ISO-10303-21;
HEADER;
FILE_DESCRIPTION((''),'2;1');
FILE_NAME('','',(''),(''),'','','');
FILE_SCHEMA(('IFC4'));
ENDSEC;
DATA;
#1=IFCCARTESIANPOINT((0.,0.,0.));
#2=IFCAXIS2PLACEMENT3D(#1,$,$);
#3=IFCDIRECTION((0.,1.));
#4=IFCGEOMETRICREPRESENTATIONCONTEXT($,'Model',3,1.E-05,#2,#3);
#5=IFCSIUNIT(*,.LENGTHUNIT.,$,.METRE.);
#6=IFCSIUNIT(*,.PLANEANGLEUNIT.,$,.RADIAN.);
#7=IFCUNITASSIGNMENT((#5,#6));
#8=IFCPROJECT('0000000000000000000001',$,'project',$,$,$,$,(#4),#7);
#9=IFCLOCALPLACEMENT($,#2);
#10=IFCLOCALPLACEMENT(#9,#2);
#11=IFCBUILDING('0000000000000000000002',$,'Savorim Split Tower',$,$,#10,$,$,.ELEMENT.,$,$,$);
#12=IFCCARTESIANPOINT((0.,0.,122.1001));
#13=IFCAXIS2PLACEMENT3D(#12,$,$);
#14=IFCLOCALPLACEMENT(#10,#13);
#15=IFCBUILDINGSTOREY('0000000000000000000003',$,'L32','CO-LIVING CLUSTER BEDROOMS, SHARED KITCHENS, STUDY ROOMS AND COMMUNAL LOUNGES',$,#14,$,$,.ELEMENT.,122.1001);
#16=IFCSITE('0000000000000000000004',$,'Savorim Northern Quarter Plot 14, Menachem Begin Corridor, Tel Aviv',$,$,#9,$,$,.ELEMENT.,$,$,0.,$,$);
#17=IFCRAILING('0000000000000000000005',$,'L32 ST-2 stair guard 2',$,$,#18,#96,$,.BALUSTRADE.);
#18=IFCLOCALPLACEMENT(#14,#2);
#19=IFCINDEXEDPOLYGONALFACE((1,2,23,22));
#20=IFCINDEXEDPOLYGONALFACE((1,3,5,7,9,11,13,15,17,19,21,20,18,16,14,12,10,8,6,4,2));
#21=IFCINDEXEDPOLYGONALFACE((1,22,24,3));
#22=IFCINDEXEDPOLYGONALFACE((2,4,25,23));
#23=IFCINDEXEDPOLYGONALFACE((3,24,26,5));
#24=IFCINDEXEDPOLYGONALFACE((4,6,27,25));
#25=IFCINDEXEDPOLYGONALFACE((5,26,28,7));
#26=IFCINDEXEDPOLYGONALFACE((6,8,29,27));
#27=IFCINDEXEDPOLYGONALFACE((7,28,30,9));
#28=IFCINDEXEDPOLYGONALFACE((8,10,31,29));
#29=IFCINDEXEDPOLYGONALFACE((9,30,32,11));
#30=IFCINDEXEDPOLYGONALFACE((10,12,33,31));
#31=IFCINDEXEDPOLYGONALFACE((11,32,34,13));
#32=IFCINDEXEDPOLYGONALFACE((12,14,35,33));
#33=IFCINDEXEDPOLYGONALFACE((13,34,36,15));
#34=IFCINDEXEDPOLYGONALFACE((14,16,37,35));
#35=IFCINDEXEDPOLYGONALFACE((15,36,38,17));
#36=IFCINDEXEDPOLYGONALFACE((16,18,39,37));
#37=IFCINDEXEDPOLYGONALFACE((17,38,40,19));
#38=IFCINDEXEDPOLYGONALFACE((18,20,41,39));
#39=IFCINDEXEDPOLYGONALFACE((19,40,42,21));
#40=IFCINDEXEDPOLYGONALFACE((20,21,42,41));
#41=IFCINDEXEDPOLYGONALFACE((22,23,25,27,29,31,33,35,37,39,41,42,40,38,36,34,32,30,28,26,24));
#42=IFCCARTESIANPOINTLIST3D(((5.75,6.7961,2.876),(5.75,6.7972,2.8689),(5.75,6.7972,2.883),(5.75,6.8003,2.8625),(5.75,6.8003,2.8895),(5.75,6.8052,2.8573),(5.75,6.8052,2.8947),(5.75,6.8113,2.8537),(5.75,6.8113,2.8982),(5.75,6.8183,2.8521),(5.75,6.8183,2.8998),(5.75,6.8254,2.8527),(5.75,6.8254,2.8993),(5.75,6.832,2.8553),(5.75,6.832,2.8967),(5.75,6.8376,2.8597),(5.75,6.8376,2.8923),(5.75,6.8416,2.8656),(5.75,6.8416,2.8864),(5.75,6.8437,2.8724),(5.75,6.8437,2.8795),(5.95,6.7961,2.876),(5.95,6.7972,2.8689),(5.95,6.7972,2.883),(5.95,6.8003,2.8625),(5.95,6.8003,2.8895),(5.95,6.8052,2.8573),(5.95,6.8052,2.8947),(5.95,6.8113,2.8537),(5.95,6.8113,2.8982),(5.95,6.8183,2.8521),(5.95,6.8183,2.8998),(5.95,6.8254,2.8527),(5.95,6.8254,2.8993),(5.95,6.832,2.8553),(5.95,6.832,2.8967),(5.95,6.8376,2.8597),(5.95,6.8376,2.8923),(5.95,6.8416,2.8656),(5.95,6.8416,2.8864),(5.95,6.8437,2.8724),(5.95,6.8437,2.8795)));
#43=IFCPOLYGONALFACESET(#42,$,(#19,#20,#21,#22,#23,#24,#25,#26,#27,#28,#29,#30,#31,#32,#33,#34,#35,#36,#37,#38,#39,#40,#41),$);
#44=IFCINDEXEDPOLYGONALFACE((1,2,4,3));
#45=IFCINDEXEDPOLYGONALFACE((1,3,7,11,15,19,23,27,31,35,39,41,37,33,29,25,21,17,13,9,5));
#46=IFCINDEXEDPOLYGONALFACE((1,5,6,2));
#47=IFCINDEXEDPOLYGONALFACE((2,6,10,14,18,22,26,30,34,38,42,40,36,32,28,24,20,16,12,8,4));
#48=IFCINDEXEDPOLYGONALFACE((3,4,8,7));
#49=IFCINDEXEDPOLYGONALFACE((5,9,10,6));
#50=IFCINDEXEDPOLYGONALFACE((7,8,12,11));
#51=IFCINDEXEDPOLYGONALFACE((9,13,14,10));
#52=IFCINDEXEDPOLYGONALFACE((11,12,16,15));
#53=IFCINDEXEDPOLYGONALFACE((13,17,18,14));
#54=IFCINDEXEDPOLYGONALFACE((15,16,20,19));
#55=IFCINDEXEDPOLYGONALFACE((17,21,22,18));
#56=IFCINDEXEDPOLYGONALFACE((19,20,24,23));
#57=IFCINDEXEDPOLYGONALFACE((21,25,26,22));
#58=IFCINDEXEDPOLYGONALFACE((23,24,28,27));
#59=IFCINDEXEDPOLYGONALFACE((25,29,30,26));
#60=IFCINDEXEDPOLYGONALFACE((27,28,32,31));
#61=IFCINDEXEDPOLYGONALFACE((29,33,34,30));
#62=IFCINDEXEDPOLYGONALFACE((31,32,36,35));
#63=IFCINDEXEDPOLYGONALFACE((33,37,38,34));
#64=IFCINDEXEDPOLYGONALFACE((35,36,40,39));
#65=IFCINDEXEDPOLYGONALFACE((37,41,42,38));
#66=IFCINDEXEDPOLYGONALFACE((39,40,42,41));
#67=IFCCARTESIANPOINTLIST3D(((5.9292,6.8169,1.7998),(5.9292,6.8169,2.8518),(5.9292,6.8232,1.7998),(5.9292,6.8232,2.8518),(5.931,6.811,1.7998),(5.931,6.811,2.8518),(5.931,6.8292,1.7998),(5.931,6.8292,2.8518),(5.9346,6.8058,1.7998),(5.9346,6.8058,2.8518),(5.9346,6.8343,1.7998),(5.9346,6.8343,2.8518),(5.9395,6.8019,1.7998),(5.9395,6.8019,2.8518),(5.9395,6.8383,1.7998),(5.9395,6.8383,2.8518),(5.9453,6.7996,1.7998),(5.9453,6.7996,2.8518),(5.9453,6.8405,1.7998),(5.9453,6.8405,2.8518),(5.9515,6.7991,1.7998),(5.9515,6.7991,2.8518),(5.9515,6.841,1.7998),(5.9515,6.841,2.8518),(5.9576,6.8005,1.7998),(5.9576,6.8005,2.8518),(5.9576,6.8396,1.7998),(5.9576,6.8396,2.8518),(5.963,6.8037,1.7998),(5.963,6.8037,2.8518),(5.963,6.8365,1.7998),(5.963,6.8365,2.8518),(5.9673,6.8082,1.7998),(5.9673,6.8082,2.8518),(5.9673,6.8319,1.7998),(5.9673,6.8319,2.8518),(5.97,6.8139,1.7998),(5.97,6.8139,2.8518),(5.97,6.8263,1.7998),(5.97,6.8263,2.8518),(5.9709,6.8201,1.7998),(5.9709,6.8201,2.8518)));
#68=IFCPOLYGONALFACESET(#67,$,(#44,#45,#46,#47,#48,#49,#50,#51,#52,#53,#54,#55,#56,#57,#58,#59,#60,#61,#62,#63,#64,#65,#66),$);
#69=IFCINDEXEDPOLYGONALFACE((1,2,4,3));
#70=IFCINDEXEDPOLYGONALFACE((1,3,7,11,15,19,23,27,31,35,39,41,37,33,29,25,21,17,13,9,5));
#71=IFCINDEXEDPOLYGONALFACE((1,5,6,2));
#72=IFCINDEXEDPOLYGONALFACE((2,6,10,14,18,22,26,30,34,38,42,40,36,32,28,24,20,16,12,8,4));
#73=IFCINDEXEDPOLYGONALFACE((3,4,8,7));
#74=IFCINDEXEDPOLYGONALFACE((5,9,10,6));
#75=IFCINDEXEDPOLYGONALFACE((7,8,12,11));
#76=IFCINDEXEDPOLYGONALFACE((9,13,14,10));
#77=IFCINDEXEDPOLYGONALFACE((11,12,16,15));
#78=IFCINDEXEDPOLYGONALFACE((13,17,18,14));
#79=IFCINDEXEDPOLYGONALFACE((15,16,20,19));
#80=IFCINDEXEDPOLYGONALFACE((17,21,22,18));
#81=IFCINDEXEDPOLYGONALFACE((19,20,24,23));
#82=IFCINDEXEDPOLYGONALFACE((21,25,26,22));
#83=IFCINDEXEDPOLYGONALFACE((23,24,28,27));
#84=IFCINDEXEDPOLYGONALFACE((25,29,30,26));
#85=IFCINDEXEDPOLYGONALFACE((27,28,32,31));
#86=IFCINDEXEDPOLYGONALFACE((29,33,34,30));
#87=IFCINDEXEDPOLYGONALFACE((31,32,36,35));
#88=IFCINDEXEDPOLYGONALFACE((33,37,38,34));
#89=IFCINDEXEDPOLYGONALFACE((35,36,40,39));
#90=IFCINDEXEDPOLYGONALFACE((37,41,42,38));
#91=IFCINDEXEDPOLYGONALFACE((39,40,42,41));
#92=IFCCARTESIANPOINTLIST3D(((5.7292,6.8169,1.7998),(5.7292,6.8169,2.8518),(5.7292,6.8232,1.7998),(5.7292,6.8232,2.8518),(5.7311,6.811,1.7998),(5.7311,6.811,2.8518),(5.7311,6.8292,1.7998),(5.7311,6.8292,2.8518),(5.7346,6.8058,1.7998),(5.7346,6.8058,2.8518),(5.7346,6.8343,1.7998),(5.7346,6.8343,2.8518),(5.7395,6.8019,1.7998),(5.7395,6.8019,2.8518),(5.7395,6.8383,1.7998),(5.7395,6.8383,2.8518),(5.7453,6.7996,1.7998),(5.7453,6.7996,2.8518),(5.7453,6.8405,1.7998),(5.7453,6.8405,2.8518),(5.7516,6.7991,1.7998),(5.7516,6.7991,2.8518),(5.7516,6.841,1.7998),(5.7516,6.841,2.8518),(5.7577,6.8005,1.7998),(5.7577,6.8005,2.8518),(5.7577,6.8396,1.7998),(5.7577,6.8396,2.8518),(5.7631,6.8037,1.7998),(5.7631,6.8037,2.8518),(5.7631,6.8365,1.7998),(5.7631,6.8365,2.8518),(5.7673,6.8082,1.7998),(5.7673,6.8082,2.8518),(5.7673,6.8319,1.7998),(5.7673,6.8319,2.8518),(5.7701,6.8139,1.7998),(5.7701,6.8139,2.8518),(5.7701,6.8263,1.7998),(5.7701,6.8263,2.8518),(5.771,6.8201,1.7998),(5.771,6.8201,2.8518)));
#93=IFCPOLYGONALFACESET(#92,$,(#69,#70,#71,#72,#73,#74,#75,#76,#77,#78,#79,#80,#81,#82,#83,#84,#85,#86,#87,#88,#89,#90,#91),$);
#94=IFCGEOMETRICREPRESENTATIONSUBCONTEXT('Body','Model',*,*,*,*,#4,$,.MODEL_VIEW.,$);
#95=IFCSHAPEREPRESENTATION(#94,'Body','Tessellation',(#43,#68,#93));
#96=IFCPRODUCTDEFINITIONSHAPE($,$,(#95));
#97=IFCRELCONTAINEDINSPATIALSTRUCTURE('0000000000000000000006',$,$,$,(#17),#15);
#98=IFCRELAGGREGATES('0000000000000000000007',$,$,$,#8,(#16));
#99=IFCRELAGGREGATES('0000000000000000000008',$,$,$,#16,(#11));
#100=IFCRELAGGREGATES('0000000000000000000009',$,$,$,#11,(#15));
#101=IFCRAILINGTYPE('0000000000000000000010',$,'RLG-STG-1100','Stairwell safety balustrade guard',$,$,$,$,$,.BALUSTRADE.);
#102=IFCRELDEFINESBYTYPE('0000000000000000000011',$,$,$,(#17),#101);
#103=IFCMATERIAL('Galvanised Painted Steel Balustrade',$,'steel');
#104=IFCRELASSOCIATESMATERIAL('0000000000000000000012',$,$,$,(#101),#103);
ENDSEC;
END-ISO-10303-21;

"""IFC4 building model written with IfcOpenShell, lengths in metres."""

from ifc_helpers import new_model, si_unit, direction, frame, origin, origin_2d, place, context, subcontext, project, spatial, circle, extrude, material, type_object, element, save


model = new_model("IFC4")

# Units and contexts
model_context = context("Model", 3, precision=1e-05, world=origin(), true_north=direction((0.0, 1.0)))
body_context = subcontext(model_context, "Body", "Model", "MODEL_VIEW")
ifc_project = project(units=[si_unit("LENGTHUNIT", "METRE"), si_unit("PLANEANGLEUNIT", "RADIAN")], contexts=[model_context])

# Site, building, storey
site_placement = place(None, origin())
site = spatial("IfcSite", under=ifc_project, at=site_placement, Name="Savorim Northern Quarter Plot 14, Menachem Begin Corridor, Tel Aviv", CompositionType="ELEMENT", RefElevation=0.0)
building_placement = place(site_placement, origin())
building = spatial("IfcBuilding", under=site, at=building_placement, Name="Savorim Split Tower", CompositionType="ELEMENT")
storey_placement = place(building_placement, frame((0.0, 0.0, 122.1001)))
storey = spatial("IfcBuildingStorey", under=building, at=storey_placement, Name="L32", Description="CO-LIVING CLUSTER BEDROOMS, SHARED KITCHENS, STUDY ROOMS AND COMMUNAL LOUNGES", CompositionType="ELEMENT", Elevation=122.1001)

# Railing
ifc_material_1 = material(Name="Galvanised Painted Steel Balustrade", Category="steel")
railing_type_1 = type_object("IfcRailingType", Name="RLG-STG-1100", Description="Stairwell safety balustrade guard", PredefinedType="BALUSTRADE", material=ifc_material_1)
railing_1_placement = place(storey_placement, frame((5.95, 6.8201, 1.7998)))
element("IfcRailing", 1, at=railing_1_placement, inside=storey, type_object=railing_type_1, Name="L32 ST-2 stair guard 2", PredefinedType="BALUSTRADE", context=body_context, shape_type="SweptSolid", body=[
    extrude(circle(Radius=0.0239, at=origin_2d()), frame((0.0, 0.0, 1.0762), z_axis=(-1.0, 0.0, 0.0), x_axis=(0.0, -1.0, 0.0)), (0.0, 0.0, 1.0), 0.2),
    extrude(circle(Radius=0.021, at=origin_2d()), origin(), (0.0, 0.0, 1.0), 1.052),
    extrude(circle(Radius=0.021, at=origin_2d()), frame((-0.2, 0.0, 0.0)), (0.0, 0.0, 1.0), 1.052),
])

save(model, "model.ifc")
